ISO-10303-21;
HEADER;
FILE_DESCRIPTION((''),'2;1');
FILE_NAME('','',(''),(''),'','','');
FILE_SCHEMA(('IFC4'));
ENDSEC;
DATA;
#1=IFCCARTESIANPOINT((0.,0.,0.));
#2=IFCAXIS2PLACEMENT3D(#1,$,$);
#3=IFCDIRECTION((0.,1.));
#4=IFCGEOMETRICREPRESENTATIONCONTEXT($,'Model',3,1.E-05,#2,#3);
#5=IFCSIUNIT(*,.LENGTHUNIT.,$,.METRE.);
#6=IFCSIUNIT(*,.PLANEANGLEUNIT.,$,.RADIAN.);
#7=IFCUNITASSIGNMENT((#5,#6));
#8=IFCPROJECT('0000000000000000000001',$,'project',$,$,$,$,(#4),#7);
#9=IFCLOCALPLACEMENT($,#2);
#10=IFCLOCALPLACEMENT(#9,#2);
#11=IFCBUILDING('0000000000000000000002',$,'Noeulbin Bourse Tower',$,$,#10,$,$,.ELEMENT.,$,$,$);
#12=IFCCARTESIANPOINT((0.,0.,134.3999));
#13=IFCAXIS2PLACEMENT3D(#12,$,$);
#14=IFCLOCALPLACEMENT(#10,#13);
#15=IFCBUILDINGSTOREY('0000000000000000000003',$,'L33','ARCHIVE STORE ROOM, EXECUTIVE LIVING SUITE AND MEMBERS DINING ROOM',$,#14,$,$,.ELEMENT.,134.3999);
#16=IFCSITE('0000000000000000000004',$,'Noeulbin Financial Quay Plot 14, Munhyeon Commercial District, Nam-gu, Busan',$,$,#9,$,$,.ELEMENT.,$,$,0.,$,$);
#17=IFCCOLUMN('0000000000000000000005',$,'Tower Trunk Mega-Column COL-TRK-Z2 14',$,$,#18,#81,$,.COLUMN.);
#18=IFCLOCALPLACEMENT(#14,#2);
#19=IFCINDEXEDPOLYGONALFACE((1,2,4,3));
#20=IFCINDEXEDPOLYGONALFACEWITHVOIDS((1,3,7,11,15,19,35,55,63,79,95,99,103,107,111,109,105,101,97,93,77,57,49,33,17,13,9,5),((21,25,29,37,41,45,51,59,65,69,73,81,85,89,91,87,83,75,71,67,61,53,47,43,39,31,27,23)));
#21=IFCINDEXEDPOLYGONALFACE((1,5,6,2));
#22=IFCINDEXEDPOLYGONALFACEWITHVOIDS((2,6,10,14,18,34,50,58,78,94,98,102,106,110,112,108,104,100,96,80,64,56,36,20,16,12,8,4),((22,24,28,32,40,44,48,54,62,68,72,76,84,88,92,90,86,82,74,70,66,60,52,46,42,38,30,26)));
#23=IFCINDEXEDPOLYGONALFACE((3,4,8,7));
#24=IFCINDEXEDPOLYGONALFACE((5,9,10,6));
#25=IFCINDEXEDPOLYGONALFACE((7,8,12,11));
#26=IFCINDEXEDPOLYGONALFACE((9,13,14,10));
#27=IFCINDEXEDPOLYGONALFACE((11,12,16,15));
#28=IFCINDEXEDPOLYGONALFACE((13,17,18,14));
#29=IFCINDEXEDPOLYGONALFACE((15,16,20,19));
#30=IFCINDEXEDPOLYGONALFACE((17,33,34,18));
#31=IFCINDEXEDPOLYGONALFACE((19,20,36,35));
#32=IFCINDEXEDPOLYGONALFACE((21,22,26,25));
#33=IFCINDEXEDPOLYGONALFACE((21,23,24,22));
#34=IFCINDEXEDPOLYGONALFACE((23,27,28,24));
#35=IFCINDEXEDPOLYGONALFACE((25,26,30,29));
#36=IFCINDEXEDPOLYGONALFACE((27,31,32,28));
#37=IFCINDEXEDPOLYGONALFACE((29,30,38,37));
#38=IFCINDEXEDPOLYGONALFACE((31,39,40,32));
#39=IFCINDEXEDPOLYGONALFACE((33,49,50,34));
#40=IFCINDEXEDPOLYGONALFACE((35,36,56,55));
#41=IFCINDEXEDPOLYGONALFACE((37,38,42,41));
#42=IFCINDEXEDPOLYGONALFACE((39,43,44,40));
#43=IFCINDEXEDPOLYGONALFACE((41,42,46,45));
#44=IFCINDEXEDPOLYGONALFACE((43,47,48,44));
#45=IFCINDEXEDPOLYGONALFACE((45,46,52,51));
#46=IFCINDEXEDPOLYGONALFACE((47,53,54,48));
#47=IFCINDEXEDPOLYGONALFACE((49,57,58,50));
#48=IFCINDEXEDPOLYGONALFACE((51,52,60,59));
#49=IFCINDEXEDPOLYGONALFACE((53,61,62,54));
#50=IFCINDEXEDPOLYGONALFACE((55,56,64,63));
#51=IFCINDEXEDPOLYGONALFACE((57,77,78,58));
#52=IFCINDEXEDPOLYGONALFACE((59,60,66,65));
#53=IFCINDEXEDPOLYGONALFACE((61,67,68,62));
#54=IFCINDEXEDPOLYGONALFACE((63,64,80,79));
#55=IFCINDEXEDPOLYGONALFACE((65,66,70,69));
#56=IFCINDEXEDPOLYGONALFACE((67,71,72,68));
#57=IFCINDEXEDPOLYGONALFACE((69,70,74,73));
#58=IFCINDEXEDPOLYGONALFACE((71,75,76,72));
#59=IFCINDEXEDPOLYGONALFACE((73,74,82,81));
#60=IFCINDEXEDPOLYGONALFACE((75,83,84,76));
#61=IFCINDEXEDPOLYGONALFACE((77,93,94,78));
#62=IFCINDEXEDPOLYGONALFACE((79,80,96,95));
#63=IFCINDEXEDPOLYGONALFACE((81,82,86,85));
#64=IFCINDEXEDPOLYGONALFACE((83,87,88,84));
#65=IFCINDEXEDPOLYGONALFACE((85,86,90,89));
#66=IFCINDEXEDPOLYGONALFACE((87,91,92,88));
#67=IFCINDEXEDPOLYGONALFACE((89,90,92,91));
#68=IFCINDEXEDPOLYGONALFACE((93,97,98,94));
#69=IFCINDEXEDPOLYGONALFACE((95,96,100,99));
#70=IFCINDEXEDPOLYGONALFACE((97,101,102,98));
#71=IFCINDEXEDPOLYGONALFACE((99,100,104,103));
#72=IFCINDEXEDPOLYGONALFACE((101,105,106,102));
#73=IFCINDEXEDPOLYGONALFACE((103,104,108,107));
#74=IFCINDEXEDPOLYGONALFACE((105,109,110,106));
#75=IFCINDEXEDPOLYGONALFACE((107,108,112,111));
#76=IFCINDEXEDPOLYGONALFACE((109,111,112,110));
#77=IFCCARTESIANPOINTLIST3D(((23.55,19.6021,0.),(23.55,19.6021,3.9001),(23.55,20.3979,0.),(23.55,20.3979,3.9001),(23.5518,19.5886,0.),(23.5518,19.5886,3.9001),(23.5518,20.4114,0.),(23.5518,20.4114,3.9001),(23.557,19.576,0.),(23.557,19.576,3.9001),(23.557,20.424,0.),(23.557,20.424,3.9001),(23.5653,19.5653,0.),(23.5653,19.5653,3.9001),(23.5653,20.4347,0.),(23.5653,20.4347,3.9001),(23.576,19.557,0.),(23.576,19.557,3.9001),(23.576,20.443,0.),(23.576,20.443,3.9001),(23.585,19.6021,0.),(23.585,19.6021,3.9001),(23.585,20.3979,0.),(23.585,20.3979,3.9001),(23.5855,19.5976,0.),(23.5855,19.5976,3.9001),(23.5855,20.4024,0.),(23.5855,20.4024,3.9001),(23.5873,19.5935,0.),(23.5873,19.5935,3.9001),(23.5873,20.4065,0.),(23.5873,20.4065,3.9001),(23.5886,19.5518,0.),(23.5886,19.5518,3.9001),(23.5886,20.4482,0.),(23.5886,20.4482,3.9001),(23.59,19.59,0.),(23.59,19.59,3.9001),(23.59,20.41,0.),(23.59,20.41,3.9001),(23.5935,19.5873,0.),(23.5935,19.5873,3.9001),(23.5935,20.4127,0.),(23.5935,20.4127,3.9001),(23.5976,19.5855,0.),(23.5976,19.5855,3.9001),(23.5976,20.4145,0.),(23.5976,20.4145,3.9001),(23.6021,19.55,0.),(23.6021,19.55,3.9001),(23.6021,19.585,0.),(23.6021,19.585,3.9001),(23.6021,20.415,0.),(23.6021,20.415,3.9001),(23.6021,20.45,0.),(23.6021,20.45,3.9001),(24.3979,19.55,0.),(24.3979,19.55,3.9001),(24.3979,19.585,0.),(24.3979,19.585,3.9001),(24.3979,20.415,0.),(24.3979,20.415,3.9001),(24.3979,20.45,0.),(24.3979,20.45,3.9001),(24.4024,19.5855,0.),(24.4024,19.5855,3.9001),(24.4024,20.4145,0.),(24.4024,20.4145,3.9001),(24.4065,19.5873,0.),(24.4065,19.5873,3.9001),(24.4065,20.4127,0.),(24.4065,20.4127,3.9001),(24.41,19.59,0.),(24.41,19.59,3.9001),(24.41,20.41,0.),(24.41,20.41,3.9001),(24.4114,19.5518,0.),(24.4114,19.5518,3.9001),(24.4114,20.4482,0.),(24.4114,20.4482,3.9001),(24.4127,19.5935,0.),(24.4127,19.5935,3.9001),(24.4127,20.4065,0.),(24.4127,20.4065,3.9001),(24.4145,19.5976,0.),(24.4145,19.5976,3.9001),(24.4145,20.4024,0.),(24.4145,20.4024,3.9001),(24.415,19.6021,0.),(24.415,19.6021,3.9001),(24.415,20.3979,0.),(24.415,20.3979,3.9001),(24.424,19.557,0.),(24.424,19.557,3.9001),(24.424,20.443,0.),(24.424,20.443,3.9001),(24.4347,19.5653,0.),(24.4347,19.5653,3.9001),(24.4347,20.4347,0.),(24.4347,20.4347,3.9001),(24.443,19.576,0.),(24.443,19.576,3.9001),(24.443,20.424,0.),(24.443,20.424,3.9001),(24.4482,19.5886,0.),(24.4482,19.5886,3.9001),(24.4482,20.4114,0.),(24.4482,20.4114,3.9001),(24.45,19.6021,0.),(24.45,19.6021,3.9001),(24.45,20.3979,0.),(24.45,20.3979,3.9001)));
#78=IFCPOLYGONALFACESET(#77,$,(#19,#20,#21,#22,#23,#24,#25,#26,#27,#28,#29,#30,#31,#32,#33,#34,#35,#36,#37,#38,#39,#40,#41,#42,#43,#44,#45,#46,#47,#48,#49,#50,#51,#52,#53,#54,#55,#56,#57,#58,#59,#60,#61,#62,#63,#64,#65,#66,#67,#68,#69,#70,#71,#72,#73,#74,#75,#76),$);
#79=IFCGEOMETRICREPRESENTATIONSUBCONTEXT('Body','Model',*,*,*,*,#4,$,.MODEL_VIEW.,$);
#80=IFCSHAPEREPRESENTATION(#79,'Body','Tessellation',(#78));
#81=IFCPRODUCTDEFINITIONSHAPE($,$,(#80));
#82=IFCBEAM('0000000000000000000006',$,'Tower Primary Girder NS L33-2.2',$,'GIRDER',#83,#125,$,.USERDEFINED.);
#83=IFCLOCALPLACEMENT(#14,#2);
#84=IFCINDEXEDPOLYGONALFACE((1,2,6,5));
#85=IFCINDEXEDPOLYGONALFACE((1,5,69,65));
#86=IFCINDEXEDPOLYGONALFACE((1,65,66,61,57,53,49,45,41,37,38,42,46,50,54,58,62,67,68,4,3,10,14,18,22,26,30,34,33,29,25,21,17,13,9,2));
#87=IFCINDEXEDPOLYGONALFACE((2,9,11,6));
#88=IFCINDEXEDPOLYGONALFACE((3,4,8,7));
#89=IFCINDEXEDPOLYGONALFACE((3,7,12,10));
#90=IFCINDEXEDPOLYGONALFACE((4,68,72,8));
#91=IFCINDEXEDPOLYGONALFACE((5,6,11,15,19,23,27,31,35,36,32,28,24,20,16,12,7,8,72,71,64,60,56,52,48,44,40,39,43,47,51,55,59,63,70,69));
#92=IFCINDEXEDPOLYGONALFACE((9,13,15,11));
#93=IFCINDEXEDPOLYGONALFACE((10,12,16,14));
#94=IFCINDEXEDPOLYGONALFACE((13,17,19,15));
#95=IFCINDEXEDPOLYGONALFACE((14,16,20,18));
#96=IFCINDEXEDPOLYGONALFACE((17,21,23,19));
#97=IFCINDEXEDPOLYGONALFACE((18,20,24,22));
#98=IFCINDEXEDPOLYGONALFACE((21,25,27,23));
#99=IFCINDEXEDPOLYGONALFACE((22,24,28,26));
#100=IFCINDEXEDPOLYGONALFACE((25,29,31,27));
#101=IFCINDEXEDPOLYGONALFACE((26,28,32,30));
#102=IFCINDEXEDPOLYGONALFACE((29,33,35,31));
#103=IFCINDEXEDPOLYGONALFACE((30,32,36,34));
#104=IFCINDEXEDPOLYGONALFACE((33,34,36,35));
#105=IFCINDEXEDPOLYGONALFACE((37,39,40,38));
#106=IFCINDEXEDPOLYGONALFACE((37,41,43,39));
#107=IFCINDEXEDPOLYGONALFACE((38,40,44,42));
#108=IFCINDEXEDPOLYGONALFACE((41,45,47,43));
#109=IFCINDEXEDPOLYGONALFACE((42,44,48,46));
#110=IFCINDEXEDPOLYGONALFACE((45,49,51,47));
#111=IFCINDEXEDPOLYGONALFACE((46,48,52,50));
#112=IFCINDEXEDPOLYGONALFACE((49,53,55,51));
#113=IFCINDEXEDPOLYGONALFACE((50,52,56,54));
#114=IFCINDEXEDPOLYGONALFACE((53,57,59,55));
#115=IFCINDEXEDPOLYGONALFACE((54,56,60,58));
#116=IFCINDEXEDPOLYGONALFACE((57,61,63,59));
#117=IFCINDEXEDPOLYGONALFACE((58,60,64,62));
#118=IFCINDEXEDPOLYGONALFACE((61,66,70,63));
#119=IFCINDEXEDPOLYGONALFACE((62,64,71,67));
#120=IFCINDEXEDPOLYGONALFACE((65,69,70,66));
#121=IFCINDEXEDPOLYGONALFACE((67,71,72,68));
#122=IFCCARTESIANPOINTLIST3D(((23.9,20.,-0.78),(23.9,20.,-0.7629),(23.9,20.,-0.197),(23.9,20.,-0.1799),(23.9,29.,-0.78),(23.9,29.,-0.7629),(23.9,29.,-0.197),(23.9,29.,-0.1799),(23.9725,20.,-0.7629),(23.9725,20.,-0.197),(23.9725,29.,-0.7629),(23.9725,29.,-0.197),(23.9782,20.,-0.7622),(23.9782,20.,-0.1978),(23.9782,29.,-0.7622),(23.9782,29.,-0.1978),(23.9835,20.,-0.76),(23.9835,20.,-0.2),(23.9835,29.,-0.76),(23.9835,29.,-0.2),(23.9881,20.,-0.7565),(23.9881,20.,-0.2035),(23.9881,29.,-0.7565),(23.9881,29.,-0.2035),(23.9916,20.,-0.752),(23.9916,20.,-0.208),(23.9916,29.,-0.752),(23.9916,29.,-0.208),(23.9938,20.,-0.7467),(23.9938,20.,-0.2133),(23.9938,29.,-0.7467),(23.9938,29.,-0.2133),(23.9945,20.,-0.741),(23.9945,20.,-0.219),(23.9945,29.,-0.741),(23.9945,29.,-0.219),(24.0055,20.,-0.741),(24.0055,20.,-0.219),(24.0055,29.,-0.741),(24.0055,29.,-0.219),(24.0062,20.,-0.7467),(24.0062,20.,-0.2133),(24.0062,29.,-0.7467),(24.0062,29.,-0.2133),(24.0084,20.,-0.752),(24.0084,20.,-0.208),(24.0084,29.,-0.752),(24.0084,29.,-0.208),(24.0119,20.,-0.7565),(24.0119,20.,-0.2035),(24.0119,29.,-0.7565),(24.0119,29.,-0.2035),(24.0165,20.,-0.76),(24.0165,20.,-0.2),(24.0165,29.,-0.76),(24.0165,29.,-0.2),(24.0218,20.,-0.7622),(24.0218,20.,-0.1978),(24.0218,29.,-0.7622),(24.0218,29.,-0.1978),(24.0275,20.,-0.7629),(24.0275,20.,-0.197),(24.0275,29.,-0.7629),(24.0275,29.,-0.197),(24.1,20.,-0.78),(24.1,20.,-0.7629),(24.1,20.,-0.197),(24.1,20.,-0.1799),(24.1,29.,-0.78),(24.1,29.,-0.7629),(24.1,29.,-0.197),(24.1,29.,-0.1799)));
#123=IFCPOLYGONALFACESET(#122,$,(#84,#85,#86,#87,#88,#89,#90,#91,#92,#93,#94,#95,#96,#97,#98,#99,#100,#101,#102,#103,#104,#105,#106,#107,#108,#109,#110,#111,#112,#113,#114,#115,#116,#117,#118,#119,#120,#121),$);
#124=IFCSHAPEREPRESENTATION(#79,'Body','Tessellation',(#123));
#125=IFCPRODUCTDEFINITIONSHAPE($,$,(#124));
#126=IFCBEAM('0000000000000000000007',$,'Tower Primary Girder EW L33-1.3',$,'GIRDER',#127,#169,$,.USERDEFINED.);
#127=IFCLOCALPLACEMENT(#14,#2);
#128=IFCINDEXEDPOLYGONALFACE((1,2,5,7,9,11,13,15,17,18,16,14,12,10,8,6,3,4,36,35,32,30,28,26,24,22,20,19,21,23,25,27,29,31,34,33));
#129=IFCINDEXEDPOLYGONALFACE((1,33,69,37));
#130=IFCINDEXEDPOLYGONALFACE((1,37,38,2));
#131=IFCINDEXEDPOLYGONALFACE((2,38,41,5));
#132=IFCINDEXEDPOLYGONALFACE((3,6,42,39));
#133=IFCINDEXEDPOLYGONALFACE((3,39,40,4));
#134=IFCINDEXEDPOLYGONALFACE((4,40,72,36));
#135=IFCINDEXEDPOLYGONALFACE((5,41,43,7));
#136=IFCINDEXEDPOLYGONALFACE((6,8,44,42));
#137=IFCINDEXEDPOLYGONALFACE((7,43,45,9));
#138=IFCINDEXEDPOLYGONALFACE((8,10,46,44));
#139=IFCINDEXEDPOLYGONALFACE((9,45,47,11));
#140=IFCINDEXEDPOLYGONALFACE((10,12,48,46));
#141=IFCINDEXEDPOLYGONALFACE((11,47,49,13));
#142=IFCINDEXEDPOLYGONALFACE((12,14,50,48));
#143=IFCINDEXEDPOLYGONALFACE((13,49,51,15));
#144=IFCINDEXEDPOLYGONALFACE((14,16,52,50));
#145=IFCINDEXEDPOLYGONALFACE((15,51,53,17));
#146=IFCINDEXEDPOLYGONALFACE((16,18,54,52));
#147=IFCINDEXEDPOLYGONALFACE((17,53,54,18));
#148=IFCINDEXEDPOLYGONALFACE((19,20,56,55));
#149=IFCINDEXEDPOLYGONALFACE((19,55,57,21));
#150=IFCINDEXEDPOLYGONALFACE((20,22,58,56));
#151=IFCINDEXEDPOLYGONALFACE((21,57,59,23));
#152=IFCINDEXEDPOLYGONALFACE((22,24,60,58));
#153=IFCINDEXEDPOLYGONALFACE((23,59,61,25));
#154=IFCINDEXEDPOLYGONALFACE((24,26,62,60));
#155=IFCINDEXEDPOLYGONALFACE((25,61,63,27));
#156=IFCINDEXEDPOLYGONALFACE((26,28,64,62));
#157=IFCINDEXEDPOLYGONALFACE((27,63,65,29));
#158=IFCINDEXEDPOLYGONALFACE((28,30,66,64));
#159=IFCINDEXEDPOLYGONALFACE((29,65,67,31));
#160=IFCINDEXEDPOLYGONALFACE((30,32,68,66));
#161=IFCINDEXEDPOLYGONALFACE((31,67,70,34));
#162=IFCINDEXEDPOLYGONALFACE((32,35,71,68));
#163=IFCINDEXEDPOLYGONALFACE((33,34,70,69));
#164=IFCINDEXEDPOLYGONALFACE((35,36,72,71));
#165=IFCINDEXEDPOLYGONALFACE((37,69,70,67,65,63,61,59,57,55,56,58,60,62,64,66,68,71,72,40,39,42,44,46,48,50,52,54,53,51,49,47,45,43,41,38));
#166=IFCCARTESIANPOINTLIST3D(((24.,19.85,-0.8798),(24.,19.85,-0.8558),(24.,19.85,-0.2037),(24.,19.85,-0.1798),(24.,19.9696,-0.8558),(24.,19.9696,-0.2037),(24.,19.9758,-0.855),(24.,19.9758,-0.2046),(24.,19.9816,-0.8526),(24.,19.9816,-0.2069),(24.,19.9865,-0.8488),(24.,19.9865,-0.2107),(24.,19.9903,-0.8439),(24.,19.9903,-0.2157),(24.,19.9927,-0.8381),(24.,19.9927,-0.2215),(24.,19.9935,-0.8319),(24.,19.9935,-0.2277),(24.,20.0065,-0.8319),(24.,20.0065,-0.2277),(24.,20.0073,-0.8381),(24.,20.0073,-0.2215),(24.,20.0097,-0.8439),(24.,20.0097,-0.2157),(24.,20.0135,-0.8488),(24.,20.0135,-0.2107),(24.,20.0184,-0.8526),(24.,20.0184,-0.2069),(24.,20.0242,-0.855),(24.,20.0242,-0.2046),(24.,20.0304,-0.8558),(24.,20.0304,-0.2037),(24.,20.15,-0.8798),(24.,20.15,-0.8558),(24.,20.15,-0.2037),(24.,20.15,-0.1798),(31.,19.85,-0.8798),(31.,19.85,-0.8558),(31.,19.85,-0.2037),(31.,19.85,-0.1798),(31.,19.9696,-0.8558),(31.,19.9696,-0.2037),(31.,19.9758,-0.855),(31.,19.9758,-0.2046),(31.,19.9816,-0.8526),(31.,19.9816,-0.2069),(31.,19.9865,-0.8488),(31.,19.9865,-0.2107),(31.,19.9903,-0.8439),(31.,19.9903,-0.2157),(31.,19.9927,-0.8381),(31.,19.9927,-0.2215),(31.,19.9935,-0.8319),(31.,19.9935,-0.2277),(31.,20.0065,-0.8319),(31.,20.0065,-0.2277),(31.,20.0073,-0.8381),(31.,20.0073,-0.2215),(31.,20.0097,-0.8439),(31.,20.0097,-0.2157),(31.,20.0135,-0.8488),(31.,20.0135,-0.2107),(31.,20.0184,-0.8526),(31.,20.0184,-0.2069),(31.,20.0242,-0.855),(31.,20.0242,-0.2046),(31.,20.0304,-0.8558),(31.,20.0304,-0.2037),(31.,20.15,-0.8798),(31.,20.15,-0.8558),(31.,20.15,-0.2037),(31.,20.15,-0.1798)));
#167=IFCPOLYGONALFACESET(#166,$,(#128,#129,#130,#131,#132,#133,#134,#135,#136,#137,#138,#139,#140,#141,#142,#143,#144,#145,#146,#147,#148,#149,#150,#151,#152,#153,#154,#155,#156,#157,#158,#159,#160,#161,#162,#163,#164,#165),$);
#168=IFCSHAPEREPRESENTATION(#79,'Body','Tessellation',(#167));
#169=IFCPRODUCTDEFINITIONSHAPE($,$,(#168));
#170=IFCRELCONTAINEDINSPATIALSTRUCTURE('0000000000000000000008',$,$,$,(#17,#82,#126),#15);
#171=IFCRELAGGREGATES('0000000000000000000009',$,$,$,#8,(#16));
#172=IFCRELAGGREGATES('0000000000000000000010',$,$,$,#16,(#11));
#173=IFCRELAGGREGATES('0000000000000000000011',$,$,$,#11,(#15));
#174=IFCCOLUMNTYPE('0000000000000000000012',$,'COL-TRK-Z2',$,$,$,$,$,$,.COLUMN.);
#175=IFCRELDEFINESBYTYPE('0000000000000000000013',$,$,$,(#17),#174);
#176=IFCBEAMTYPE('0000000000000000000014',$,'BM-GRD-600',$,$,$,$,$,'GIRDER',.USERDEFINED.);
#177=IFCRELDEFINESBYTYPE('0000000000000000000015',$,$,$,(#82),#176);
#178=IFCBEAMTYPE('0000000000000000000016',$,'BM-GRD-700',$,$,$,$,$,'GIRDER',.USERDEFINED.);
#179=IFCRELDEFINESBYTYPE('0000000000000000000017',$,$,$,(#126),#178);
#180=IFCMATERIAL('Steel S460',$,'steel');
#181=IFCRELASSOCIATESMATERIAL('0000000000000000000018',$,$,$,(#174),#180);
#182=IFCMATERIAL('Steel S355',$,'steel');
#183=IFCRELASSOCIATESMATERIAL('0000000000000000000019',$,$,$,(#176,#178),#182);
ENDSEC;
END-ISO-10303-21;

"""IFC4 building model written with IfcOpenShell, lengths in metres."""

from ifc_helpers import new_model, si_unit, direction, frame, origin, origin_2d, place, context, subcontext, project, spatial, hollow_rectangle, i_section, extrude, material, material_profile, profile_set, type_object, element, save


model = new_model("IFC4")

# Units and contexts
model_context = context("Model", 3, precision=1e-05, world=origin(), true_north=direction((0.0, 1.0)))
body_context = subcontext(model_context, "Body", "Model", "MODEL_VIEW")
ifc_project = project(units=[si_unit("LENGTHUNIT", "METRE"), si_unit("PLANEANGLEUNIT", "RADIAN")], contexts=[model_context])

# Site, building, storey
site_placement = place(None, origin())
site = spatial("IfcSite", under=ifc_project, at=site_placement, Name="Noeulbin Financial Quay Plot 14, Munhyeon Commercial District, Nam-gu, Busan", CompositionType="ELEMENT", RefElevation=0.0)
building_placement = place(site_placement, origin())
building = spatial("IfcBuilding", under=site, at=building_placement, Name="Noeulbin Bourse Tower", CompositionType="ELEMENT")
storey_placement = place(building_placement, frame((0.0, 0.0, 134.3999)))
storey = spatial("IfcBuildingStorey", under=building, at=storey_placement, Name="L33", Description="ARCHIVE STORE ROOM, EXECUTIVE LIVING SUITE AND MEMBERS DINING ROOM", CompositionType="ELEMENT", Elevation=134.3999)

# Column
ifc_material_1 = material(Name="Steel S460", Category="steel")
ifc_material_profile_1 = material_profile(ifc_material_1, hollow_rectangle(XDim=0.8999, YDim=0.8999, WallThickness=0.0349, InnerFilletRadius=0.0171, OuterFilletRadius=0.052, at=origin_2d()), Name="BOX-900x900x35", Category="LoadBearing")
ifc_profile_set_1 = profile_set([ifc_material_profile_1], Name="Steel S460")
column_type = type_object("IfcColumnType", Name="COL-TRK-Z2", PredefinedType="COLUMN", material=ifc_profile_set_1)
column_placement = place(storey_placement, frame((24.0, 20.0, 0.0), z_axis=(0.0, 0.0, 1.0), x_axis=(1.0, 0.0, 0.0)))
element("IfcColumn", 1, at=column_placement, inside=storey, type_object=column_type, Name="Tower Trunk Mega-Column COL-TRK-Z2 14", PredefinedType="COLUMN", context=body_context, shape_type="SweptSolid", body=[
    extrude(hollow_rectangle(XDim=0.8999, YDim=0.8999, WallThickness=0.0349, InnerFilletRadius=0.0171, OuterFilletRadius=0.052, at=origin_2d()), origin(), (0.0, 0.0, 1.0), 3.9001),
])

# Beams
ifc_material_2 = material(Name="Steel S355", Category="steel")
ifc_material_profile_2 = material_profile(ifc_material_2, i_section(OverallWidth=0.2, OverallDepth=0.6001, WebThickness=0.011, FlangeThickness=0.0171, FilletRadius=0.022, at=origin_2d()), Name="H-600x200x11x17", Category="LoadBearing")
ifc_profile_set_2 = profile_set([ifc_material_profile_2], Name="Steel S355")
beam_type_1 = type_object("IfcBeamType", Name="BM-GRD-600", ElementType="GIRDER", PredefinedType="USERDEFINED", material=ifc_profile_set_2)
beam_1_placement = place(storey_placement, frame((24.0, 20.0, -0.48), z_axis=(0.0, 1.0, 0.0), x_axis=(-1.0, 0.0, 0.0)))
element("IfcBeam", 2, at=beam_1_placement, inside=storey, type_object=beam_type_1, Name="Tower Primary Girder NS L33-2.2", ObjectType="GIRDER", PredefinedType="USERDEFINED", context=body_context, shape_type="SweptSolid", body=[
    extrude(i_section(OverallWidth=0.2, OverallDepth=0.6001, WebThickness=0.011, FlangeThickness=0.0171, FilletRadius=0.022, at=origin_2d()), origin(), (0.0, 0.0, 1.0), 9.0),
])
ifc_material_profile_3 = material_profile(ifc_material_2, i_section(OverallWidth=0.3, OverallDepth=0.7, WebThickness=0.0129, FlangeThickness=0.0239, FilletRadius=0.0239, at=origin_2d()), Name="H-700x300x13x24", Category="LoadBearing")
ifc_profile_set_3 = profile_set([ifc_material_profile_3], Name="Steel S355")
beam_type_2 = type_object("IfcBeamType", Name="BM-GRD-700", ElementType="GIRDER", PredefinedType="USERDEFINED", material=ifc_profile_set_3)
beam_2_placement = place(storey_placement, frame((24.0, 20.0, -0.5298), z_axis=(1.0, 0.0, 0.0), x_axis=(0.0, 1.0, 0.0)))
element("IfcBeam", 3, at=beam_2_placement, inside=storey, type_object=beam_type_2, Name="Tower Primary Girder EW L33-1.3", ObjectType="GIRDER", PredefinedType="USERDEFINED", context=body_context, shape_type="SweptSolid", body=[
    extrude(i_section(OverallWidth=0.3, OverallDepth=0.7, WebThickness=0.0129, FlangeThickness=0.0239, FilletRadius=0.0239, at=origin_2d()), origin(), (0.0, 0.0, 1.0), 7.0),
])

save(model, "model.ifc")
